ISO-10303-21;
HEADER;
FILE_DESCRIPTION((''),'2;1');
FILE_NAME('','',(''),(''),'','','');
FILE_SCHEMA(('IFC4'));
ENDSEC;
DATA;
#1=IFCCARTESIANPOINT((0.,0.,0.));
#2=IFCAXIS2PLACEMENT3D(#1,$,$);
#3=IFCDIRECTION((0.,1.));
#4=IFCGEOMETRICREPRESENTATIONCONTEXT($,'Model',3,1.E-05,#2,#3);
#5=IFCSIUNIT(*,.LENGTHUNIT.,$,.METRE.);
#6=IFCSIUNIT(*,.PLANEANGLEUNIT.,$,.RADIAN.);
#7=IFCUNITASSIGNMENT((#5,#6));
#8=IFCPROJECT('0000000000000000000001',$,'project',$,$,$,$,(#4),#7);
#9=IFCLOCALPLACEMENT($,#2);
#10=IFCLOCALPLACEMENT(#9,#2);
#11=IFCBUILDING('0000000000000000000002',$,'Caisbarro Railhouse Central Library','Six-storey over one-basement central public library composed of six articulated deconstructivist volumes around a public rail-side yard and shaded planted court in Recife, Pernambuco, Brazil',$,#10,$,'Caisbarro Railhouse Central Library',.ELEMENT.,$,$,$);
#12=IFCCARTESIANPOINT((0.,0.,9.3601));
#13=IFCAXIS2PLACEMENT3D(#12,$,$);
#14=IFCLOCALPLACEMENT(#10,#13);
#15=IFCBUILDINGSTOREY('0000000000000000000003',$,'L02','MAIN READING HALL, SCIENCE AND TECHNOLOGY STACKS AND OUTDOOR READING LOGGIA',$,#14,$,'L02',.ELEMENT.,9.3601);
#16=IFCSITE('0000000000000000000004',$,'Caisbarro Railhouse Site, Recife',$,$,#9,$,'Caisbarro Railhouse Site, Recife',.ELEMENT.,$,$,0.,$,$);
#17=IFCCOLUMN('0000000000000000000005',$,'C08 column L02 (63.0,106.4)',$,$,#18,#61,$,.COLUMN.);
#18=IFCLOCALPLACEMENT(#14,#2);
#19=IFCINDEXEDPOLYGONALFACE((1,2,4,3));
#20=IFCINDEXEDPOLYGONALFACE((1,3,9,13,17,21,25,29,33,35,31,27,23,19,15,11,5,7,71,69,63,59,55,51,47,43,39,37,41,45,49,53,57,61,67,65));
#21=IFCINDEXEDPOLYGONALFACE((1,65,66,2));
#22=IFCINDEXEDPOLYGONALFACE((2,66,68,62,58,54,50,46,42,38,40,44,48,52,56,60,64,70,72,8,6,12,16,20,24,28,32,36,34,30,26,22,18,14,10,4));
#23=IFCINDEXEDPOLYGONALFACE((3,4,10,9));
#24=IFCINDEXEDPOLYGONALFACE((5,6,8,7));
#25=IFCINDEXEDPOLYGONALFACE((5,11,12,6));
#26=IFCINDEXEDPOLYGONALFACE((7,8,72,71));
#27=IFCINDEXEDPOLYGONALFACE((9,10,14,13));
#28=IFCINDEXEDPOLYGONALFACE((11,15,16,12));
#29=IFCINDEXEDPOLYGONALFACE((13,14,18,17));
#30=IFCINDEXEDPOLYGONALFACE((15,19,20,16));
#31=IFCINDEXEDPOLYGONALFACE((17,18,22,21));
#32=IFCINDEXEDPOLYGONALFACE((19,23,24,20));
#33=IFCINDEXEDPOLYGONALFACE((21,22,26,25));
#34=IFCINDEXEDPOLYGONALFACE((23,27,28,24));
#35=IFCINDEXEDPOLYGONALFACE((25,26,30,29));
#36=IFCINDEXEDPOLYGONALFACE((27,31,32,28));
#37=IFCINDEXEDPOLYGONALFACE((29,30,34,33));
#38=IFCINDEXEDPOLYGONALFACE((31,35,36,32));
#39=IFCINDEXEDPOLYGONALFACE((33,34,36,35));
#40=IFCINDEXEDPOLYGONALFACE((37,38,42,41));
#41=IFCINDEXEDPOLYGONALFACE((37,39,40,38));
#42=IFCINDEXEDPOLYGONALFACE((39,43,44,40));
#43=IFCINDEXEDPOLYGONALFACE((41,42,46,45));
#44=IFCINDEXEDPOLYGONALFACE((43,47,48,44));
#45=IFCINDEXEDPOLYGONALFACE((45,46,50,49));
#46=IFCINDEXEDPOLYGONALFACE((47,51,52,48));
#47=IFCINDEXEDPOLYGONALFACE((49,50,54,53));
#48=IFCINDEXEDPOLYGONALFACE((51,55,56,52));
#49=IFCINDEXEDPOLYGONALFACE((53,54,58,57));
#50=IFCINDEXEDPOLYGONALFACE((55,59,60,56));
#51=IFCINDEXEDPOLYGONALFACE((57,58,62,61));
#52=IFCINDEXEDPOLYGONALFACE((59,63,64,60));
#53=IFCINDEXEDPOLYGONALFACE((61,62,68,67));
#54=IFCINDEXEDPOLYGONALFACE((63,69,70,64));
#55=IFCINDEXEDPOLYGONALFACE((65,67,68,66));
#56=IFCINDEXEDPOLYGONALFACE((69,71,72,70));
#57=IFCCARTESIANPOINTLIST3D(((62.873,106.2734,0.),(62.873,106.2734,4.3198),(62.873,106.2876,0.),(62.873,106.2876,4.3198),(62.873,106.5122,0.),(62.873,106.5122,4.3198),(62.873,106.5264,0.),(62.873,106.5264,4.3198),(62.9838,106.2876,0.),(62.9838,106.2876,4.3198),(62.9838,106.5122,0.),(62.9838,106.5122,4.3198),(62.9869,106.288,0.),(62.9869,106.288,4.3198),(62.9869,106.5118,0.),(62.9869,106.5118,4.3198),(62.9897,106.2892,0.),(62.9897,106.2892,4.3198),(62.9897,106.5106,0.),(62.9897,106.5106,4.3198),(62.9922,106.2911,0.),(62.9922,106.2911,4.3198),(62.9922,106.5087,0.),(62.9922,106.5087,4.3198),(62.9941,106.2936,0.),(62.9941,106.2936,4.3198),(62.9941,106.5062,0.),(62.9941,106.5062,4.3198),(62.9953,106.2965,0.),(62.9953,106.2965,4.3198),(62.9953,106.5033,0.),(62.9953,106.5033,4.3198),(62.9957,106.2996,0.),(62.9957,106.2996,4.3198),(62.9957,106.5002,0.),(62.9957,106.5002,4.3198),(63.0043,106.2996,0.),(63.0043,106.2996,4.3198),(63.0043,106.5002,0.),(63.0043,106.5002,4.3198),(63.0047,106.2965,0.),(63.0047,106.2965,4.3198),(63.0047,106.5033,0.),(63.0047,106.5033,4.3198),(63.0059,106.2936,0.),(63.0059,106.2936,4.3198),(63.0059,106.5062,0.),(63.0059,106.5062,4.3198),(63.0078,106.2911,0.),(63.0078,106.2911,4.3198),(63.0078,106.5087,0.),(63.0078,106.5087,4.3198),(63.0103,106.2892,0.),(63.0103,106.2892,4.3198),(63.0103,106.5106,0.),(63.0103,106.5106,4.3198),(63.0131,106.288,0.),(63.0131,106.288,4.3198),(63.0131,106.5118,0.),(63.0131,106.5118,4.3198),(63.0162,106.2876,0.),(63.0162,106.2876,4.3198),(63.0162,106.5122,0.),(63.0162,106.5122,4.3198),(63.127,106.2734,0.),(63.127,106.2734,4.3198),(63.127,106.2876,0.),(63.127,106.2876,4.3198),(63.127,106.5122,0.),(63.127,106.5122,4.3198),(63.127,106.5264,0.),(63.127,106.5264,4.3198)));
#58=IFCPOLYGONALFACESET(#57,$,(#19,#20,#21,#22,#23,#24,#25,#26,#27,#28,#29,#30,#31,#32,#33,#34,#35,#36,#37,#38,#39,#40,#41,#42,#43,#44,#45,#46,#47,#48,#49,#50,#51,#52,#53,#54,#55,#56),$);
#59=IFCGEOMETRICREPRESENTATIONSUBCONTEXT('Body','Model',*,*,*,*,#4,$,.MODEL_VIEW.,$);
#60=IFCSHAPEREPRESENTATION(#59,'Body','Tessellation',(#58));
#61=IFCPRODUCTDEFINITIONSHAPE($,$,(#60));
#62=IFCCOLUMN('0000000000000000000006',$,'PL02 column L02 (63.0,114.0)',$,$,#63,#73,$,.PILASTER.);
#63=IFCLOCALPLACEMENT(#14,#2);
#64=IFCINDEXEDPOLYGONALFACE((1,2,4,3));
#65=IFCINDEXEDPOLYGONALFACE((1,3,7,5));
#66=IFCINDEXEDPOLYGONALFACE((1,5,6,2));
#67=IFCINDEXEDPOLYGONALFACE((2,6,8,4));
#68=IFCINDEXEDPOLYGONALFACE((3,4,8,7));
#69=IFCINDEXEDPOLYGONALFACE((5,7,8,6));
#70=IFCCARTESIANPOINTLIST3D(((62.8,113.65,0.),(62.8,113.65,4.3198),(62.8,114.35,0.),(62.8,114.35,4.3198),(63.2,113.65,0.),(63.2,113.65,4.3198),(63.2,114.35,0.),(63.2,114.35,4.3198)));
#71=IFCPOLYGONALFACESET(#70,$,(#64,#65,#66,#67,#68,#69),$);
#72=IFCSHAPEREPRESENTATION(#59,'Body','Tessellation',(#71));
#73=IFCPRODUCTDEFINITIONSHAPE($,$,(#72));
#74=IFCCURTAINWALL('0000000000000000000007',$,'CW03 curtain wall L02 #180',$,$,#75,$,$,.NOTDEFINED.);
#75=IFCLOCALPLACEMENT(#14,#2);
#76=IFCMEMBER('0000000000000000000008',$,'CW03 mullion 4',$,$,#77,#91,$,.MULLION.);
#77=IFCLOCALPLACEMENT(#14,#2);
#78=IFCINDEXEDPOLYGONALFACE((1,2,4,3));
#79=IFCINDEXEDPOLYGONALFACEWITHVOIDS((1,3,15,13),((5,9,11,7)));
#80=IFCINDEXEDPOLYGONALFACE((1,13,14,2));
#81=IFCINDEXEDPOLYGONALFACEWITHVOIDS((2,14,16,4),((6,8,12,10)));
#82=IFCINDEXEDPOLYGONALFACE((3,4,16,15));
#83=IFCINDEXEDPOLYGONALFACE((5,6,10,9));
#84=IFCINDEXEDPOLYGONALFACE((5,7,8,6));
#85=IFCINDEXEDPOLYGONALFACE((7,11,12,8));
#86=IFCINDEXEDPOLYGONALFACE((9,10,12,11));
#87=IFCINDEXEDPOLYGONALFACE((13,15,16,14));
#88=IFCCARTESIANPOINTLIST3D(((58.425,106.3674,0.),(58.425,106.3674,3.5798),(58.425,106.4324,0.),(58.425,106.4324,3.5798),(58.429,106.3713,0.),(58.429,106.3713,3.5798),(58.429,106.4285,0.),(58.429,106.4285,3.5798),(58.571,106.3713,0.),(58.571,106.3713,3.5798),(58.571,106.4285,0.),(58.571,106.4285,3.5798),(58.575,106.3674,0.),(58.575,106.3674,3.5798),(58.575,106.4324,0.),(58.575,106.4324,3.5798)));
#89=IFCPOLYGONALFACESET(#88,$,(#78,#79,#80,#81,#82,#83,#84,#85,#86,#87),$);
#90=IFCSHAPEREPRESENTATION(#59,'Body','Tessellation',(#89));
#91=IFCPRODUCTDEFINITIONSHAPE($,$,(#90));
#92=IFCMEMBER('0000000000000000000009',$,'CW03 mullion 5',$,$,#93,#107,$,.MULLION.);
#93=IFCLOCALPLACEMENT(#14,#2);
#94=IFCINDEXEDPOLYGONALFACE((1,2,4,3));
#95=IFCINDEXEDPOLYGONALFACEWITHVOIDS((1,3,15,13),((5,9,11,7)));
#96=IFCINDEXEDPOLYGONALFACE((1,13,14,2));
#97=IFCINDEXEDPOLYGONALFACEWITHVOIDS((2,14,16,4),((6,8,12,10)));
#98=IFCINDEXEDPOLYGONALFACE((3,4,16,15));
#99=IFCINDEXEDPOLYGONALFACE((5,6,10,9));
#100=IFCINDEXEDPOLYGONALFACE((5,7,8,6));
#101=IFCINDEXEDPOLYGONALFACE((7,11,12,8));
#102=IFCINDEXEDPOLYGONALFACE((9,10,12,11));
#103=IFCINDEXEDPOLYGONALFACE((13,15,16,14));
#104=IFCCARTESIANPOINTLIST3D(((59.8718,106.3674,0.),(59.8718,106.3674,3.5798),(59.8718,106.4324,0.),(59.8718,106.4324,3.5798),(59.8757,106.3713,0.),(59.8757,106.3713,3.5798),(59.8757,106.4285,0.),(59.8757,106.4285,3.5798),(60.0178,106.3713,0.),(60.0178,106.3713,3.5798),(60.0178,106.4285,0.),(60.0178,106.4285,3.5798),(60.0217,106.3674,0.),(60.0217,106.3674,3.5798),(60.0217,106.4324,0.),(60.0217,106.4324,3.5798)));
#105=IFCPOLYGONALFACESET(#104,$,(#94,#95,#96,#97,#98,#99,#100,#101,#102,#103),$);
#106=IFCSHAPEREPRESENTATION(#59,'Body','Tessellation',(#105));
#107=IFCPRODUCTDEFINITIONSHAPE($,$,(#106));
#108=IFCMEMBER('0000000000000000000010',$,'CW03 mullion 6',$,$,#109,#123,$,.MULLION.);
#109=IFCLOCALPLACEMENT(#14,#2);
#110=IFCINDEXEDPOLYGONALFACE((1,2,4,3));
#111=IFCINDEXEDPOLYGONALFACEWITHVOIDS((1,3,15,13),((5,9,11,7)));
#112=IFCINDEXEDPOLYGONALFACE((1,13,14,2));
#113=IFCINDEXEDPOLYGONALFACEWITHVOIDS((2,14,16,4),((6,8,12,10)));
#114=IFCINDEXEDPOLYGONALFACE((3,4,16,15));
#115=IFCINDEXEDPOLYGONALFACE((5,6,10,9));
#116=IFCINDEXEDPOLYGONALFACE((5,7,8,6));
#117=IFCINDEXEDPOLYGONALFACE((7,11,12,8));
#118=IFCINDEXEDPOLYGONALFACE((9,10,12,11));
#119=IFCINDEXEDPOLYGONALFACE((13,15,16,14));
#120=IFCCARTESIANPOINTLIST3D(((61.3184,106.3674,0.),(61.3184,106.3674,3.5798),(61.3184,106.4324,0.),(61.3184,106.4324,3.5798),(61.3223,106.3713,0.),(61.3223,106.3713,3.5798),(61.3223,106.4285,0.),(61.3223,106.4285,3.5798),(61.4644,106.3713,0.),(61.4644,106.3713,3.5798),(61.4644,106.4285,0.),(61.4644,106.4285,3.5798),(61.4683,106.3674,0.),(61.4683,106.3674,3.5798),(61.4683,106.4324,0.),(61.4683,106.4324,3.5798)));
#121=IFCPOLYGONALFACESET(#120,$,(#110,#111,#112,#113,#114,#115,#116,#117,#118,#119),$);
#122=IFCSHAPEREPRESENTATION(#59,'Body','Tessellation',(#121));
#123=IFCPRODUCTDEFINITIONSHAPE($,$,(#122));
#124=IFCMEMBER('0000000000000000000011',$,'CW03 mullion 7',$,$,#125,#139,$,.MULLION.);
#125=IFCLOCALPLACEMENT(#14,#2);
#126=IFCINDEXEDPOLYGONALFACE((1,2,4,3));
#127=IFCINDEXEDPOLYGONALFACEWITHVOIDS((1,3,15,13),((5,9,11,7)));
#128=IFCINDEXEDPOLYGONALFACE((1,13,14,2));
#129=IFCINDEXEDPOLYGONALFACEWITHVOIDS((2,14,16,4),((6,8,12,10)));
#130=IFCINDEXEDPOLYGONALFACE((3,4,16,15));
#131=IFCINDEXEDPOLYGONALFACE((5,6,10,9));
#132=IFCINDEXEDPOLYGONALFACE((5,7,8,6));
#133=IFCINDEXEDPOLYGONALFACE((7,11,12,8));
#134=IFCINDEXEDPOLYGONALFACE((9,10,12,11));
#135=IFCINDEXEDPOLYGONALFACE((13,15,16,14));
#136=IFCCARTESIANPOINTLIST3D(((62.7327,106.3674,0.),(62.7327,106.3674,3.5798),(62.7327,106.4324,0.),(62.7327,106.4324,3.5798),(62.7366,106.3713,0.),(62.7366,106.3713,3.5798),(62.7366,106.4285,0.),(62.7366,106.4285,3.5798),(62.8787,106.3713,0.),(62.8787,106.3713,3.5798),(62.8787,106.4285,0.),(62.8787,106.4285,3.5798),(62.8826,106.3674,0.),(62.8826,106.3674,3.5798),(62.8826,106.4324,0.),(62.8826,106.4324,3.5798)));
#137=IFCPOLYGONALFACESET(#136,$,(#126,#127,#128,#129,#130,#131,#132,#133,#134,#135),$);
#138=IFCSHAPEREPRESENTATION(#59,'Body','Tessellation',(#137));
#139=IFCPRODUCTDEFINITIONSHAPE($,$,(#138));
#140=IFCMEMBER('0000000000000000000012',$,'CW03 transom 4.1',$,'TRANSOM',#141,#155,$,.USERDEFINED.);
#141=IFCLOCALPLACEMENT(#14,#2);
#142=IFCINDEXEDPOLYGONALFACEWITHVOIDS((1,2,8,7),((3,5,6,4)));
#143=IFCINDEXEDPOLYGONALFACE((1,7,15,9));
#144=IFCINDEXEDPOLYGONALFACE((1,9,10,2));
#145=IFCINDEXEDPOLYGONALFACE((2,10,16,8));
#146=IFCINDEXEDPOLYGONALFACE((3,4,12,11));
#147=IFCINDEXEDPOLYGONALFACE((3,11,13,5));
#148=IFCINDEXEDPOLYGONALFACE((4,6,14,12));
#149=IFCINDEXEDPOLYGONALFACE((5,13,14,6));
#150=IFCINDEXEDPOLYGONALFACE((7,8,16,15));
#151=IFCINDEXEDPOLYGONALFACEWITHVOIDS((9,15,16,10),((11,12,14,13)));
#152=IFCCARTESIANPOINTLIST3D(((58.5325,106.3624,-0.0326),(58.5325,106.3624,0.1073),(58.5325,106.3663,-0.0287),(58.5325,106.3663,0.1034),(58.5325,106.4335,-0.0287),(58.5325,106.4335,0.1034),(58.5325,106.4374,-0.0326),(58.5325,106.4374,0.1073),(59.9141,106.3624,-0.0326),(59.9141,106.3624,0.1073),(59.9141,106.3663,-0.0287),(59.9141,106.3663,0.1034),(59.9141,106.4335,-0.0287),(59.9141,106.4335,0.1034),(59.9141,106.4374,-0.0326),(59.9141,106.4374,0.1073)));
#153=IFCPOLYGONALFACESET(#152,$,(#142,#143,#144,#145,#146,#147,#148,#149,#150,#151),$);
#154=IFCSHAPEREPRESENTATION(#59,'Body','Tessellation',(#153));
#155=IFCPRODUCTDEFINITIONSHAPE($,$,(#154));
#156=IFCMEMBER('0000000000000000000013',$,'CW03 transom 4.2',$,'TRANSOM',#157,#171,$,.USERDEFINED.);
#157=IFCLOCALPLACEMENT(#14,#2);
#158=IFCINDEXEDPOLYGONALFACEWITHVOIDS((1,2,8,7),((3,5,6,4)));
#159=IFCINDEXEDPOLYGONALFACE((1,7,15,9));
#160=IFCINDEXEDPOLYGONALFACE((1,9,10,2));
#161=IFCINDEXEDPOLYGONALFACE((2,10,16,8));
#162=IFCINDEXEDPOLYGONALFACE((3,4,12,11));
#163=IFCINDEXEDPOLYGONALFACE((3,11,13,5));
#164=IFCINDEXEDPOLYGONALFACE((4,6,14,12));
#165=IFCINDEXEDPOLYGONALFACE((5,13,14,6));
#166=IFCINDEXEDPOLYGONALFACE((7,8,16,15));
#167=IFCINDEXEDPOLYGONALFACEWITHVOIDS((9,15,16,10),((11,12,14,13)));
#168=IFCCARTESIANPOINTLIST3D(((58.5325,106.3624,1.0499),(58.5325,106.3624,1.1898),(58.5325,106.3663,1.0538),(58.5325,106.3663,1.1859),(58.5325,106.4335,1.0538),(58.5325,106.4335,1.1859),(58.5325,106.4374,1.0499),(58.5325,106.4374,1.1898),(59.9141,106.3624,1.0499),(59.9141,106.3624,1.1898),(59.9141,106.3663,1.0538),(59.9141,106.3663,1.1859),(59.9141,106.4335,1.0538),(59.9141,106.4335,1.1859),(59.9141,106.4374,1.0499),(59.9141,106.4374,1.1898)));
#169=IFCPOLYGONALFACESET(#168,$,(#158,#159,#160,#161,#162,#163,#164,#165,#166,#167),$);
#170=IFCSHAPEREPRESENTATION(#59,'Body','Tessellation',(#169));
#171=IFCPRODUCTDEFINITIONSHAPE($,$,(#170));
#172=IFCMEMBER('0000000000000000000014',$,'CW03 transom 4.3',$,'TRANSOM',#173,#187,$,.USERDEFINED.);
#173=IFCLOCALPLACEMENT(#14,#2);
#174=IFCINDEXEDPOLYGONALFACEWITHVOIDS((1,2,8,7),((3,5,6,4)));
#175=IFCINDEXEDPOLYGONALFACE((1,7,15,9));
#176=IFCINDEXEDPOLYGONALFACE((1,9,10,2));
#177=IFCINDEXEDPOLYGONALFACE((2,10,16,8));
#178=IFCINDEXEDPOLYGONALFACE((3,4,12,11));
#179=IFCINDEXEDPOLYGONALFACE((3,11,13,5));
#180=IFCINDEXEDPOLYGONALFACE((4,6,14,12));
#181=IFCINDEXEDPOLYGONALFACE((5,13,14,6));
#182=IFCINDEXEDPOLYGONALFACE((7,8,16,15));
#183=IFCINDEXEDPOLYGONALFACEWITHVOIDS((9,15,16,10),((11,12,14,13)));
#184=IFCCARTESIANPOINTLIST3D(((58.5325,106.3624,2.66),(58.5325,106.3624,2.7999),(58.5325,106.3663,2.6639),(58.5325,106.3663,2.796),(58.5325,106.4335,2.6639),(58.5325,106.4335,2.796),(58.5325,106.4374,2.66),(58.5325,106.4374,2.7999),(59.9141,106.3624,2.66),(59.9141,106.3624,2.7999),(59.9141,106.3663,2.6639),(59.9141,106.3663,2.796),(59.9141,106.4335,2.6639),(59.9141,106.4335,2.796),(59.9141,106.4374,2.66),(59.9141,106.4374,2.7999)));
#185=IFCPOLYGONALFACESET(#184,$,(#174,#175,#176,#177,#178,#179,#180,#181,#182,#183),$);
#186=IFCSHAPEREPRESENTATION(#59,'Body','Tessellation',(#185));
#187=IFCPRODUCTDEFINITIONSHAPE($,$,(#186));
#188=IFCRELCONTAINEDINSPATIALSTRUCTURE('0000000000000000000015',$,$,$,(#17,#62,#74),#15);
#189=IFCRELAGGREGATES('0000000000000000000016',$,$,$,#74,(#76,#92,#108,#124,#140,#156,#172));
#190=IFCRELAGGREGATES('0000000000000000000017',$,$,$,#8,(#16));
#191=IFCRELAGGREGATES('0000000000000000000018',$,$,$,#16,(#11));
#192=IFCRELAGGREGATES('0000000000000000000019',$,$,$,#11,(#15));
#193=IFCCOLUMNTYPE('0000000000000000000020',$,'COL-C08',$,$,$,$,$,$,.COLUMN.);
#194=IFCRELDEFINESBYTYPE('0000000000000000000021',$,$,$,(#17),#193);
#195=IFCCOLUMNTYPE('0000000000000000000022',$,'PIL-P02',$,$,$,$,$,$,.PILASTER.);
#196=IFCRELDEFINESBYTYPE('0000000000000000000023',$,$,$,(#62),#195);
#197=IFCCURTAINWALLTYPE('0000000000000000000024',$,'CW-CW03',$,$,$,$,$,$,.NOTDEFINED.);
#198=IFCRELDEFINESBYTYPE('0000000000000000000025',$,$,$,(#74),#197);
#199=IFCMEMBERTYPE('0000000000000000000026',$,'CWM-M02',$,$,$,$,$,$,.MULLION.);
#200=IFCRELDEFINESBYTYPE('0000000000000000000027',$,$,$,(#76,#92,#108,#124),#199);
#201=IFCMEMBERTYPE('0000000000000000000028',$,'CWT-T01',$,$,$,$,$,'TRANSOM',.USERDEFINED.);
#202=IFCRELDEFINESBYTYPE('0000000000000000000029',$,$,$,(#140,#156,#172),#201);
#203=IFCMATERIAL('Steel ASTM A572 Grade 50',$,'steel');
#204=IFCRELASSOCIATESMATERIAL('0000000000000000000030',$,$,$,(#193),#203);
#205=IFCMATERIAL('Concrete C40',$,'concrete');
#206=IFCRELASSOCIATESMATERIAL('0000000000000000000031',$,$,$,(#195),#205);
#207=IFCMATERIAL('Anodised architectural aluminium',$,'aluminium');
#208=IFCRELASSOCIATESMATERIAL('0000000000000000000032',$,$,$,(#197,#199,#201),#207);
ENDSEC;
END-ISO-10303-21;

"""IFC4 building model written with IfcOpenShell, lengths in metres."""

from ifc_helpers import new_model, si_unit, direction, frame, origin, origin_2d, place, context, subcontext, project, spatial, rectangle, hollow_rectangle, i_section, extrude, material, material_profile, profile_set, type_object, element, aggregate, save


model = new_model("IFC4")

# Units and contexts
model_context = context("Model", 3, precision=1e-05, world=origin(), true_north=direction((0.0, 1.0)))
body_context = subcontext(model_context, "Body", "Model", "MODEL_VIEW")
ifc_project = project(units=[si_unit("LENGTHUNIT", "METRE"), si_unit("PLANEANGLEUNIT", "RADIAN")], contexts=[model_context])

# Site, building, storey
site_placement = place(None, origin())
site = spatial("IfcSite", under=ifc_project, at=site_placement, Name="Caisbarro Railhouse Site, Recife", LongName="Caisbarro Railhouse Site, Recife", CompositionType="ELEMENT", RefElevation=0.0)
building_placement = place(site_placement, origin())
building = spatial("IfcBuilding", under=site, at=building_placement, Name="Caisbarro Railhouse Central Library", Description="Six-storey over one-basement central public library composed of six articulated deconstructivist volumes around a public rail-side yard and shaded planted court in Recife, Pernambuco, Brazil", LongName="Caisbarro Railhouse Central Library", CompositionType="ELEMENT")
storey_placement = place(building_placement, frame((0.0, 0.0, 9.3601)))
storey = spatial("IfcBuildingStorey", under=building, at=storey_placement, Name="L02", Description="MAIN READING HALL, SCIENCE AND TECHNOLOGY STACKS AND OUTDOOR READING LOGGIA", LongName="L02", CompositionType="ELEMENT", Elevation=9.3601)

# Columns
ifc_material_1 = material(Name="Steel ASTM A572 Grade 50", Category="steel")
ifc_material_profile_1 = material_profile(ifc_material_1, i_section(OverallWidth=0.2539, OverallDepth=0.2529, WebThickness=0.0085, FlangeThickness=0.0142, FilletRadius=0.012, at=origin_2d()), Name="W250X73.0")
ifc_profile_set_1 = profile_set([ifc_material_profile_1], Name="Steel ASTM A572 Grade 50")
column_type_1 = type_object("IfcColumnType", Name="COL-C08", PredefinedType="COLUMN", material=ifc_profile_set_1)
column_1_placement = place(storey_placement, frame((63.0, 106.3999, 0.0), z_axis=(0.0, 0.0, 1.0), x_axis=(1.0, 0.0, 0.0)))
element("IfcColumn", 1, at=column_1_placement, inside=storey, type_object=column_type_1, Name="C08 column L02 (63.0,106.4)", PredefinedType="COLUMN", context=body_context, shape_type="SweptSolid", body=[
    extrude(i_section(OverallWidth=0.2539, OverallDepth=0.2529, WebThickness=0.0085, FlangeThickness=0.0142, FilletRadius=0.012, at=origin_2d()), origin(), (0.0, 0.0, 1.0), 4.3198),
])
ifc_material_2 = material(Name="Concrete C40", Category="concrete")
ifc_material_profile_2 = material_profile(ifc_material_2, rectangle(XDim=0.3999, YDim=0.7, at=origin_2d()), Name="RC-PIL-400X700")
ifc_profile_set_2 = profile_set([ifc_material_profile_2], Name="Concrete C40")
column_type_2 = type_object("IfcColumnType", Name="PIL-P02", PredefinedType="PILASTER", material=ifc_profile_set_2)
column_2_placement = place(storey_placement, frame((63.0, 114.0, 0.0), z_axis=(0.0, 0.0, 1.0), x_axis=(1.0, 0.0, 0.0)))
element("IfcColumn", 2, at=column_2_placement, inside=storey, type_object=column_type_2, Name="PL02 column L02 (63.0,114.0)", PredefinedType="PILASTER", context=body_context, shape_type="SweptSolid", body=[
    extrude(rectangle(XDim=0.3999, YDim=0.7, at=origin_2d()), origin(), (0.0, 0.0, 1.0), 4.3198),
])

# Curtain wall, members
ifc_material_3 = material(Name="Anodised architectural aluminium", Category="aluminium")
curtain_wall_type = type_object("IfcCurtainWallType", Name="CW-CW03", PredefinedType="NOTDEFINED", material=ifc_material_3)
curtain_wall_placement = place(storey_placement, origin())
curtain_wall = element("IfcCurtainWall", 3, at=curtain_wall_placement, inside=storey, type_object=curtain_wall_type, Name="CW03 curtain wall L02 #180", PredefinedType="NOTDEFINED")
ifc_material_profile_3 = material_profile(ifc_material_3, hollow_rectangle(XDim=0.0649, YDim=0.1499, WallThickness=0.0039, at=origin_2d()), Name="ALU-MUL-65X150")
ifc_profile_set_3 = profile_set([ifc_material_profile_3], Name="Anodised architectural aluminium")
member_type_1 = type_object("IfcMemberType", Name="CWM-M02", PredefinedType="MULLION", material=ifc_profile_set_3)
member_1_placement = place(storey_placement, frame((58.5, 106.3999, 0.0), z_axis=(0.0, 0.0, 1.0), x_axis=(0.0, 1.0, 0.0)))
member_1 = element("IfcMember", 4, at=member_1_placement, type_object=member_type_1, Name="CW03 mullion 4", PredefinedType="MULLION", context=body_context, shape_type="SweptSolid", body=[
    extrude(hollow_rectangle(XDim=0.0649, YDim=0.1499, WallThickness=0.0039, at=origin_2d()), origin(), (0.0, 0.0, 1.0), 3.5798),
])
member_2_placement = place(storey_placement, frame((59.9468, 106.3999, 0.0), z_axis=(0.0, 0.0, 1.0), x_axis=(0.0, 1.0, 0.0)))
member_2 = element("IfcMember", 5, at=member_2_placement, type_object=member_type_1, Name="CW03 mullion 5", PredefinedType="MULLION", context=body_context, shape_type="SweptSolid", body=[
    extrude(hollow_rectangle(XDim=0.0649, YDim=0.1499, WallThickness=0.0039, at=origin_2d()), origin(), (0.0, 0.0, 1.0), 3.5798),
])
member_3_placement = place(storey_placement, frame((61.3933, 106.3999, 0.0), z_axis=(0.0, 0.0, 1.0), x_axis=(0.0, 1.0, 0.0)))
member_3 = element("IfcMember", 6, at=member_3_placement, type_object=member_type_1, Name="CW03 mullion 6", PredefinedType="MULLION", context=body_context, shape_type="SweptSolid", body=[
    extrude(hollow_rectangle(XDim=0.0649, YDim=0.1499, WallThickness=0.0039, at=origin_2d()), origin(), (0.0, 0.0, 1.0), 3.5798),
])
member_4_placement = place(storey_placement, frame((62.8076, 106.3999, 0.0), z_axis=(0.0, 0.0, 1.0), x_axis=(0.0, 1.0, 0.0)))
member_4 = element("IfcMember", 7, at=member_4_placement, type_object=member_type_1, Name="CW03 mullion 7", PredefinedType="MULLION", context=body_context, shape_type="SweptSolid", body=[
    extrude(hollow_rectangle(XDim=0.0649, YDim=0.1499, WallThickness=0.0039, at=origin_2d()), origin(), (0.0, 0.0, 1.0), 3.5798),
])
ifc_material_profile_4 = material_profile(ifc_material_3, hollow_rectangle(XDim=0.075, YDim=0.1399, WallThickness=0.0039, at=origin_2d()), Name="ALU-TRN-75X140")
ifc_profile_set_4 = profile_set([ifc_material_profile_4], Name="Anodised architectural aluminium")
member_type_2 = type_object("IfcMemberType", Name="CWT-T01", ElementType="TRANSOM", PredefinedType="USERDEFINED", material=ifc_profile_set_4)
member_5_placement = place(storey_placement, frame((58.5325, 106.3999, 0.0374), z_axis=(1.0, 0.0, 0.0), x_axis=(0.0, 1.0, 0.0)))
member_5 = element("IfcMember", 8, at=member_5_placement, type_object=member_type_2, Name="CW03 transom 4.1", ObjectType="TRANSOM", PredefinedType="USERDEFINED", context=body_context, shape_type="SweptSolid", body=[
    extrude(hollow_rectangle(XDim=0.075, YDim=0.1399, WallThickness=0.0039, at=origin_2d()), origin(), (0.0, 0.0, 1.0), 1.3816),
])
member_6_placement = place(storey_placement, frame((58.5325, 106.3999, 1.1199), z_axis=(1.0, 0.0, 0.0), x_axis=(0.0, 1.0, 0.0)))
member_6 = element("IfcMember", 9, at=member_6_placement, type_object=member_type_2, Name="CW03 transom 4.2", ObjectType="TRANSOM", PredefinedType="USERDEFINED", context=body_context, shape_type="SweptSolid", body=[
    extrude(hollow_rectangle(XDim=0.075, YDim=0.1399, WallThickness=0.0039, at=origin_2d()), origin(), (0.0, 0.0, 1.0), 1.3816),
])
member_7_placement = place(storey_placement, frame((58.5325, 106.3999, 2.73), z_axis=(1.0, 0.0, 0.0), x_axis=(0.0, 1.0, 0.0)))
member_7 = element("IfcMember", 10, at=member_7_placement, type_object=member_type_2, Name="CW03 transom 4.3", ObjectType="TRANSOM", PredefinedType="USERDEFINED", context=body_context, shape_type="SweptSolid", body=[
    extrude(hollow_rectangle(XDim=0.075, YDim=0.1399, WallThickness=0.0039, at=origin_2d()), origin(), (0.0, 0.0, 1.0), 1.3816),
])
aggregate(curtain_wall, [member_1, member_2, member_3, member_4, member_5, member_6, member_7])

save(model, "model.ifc")
